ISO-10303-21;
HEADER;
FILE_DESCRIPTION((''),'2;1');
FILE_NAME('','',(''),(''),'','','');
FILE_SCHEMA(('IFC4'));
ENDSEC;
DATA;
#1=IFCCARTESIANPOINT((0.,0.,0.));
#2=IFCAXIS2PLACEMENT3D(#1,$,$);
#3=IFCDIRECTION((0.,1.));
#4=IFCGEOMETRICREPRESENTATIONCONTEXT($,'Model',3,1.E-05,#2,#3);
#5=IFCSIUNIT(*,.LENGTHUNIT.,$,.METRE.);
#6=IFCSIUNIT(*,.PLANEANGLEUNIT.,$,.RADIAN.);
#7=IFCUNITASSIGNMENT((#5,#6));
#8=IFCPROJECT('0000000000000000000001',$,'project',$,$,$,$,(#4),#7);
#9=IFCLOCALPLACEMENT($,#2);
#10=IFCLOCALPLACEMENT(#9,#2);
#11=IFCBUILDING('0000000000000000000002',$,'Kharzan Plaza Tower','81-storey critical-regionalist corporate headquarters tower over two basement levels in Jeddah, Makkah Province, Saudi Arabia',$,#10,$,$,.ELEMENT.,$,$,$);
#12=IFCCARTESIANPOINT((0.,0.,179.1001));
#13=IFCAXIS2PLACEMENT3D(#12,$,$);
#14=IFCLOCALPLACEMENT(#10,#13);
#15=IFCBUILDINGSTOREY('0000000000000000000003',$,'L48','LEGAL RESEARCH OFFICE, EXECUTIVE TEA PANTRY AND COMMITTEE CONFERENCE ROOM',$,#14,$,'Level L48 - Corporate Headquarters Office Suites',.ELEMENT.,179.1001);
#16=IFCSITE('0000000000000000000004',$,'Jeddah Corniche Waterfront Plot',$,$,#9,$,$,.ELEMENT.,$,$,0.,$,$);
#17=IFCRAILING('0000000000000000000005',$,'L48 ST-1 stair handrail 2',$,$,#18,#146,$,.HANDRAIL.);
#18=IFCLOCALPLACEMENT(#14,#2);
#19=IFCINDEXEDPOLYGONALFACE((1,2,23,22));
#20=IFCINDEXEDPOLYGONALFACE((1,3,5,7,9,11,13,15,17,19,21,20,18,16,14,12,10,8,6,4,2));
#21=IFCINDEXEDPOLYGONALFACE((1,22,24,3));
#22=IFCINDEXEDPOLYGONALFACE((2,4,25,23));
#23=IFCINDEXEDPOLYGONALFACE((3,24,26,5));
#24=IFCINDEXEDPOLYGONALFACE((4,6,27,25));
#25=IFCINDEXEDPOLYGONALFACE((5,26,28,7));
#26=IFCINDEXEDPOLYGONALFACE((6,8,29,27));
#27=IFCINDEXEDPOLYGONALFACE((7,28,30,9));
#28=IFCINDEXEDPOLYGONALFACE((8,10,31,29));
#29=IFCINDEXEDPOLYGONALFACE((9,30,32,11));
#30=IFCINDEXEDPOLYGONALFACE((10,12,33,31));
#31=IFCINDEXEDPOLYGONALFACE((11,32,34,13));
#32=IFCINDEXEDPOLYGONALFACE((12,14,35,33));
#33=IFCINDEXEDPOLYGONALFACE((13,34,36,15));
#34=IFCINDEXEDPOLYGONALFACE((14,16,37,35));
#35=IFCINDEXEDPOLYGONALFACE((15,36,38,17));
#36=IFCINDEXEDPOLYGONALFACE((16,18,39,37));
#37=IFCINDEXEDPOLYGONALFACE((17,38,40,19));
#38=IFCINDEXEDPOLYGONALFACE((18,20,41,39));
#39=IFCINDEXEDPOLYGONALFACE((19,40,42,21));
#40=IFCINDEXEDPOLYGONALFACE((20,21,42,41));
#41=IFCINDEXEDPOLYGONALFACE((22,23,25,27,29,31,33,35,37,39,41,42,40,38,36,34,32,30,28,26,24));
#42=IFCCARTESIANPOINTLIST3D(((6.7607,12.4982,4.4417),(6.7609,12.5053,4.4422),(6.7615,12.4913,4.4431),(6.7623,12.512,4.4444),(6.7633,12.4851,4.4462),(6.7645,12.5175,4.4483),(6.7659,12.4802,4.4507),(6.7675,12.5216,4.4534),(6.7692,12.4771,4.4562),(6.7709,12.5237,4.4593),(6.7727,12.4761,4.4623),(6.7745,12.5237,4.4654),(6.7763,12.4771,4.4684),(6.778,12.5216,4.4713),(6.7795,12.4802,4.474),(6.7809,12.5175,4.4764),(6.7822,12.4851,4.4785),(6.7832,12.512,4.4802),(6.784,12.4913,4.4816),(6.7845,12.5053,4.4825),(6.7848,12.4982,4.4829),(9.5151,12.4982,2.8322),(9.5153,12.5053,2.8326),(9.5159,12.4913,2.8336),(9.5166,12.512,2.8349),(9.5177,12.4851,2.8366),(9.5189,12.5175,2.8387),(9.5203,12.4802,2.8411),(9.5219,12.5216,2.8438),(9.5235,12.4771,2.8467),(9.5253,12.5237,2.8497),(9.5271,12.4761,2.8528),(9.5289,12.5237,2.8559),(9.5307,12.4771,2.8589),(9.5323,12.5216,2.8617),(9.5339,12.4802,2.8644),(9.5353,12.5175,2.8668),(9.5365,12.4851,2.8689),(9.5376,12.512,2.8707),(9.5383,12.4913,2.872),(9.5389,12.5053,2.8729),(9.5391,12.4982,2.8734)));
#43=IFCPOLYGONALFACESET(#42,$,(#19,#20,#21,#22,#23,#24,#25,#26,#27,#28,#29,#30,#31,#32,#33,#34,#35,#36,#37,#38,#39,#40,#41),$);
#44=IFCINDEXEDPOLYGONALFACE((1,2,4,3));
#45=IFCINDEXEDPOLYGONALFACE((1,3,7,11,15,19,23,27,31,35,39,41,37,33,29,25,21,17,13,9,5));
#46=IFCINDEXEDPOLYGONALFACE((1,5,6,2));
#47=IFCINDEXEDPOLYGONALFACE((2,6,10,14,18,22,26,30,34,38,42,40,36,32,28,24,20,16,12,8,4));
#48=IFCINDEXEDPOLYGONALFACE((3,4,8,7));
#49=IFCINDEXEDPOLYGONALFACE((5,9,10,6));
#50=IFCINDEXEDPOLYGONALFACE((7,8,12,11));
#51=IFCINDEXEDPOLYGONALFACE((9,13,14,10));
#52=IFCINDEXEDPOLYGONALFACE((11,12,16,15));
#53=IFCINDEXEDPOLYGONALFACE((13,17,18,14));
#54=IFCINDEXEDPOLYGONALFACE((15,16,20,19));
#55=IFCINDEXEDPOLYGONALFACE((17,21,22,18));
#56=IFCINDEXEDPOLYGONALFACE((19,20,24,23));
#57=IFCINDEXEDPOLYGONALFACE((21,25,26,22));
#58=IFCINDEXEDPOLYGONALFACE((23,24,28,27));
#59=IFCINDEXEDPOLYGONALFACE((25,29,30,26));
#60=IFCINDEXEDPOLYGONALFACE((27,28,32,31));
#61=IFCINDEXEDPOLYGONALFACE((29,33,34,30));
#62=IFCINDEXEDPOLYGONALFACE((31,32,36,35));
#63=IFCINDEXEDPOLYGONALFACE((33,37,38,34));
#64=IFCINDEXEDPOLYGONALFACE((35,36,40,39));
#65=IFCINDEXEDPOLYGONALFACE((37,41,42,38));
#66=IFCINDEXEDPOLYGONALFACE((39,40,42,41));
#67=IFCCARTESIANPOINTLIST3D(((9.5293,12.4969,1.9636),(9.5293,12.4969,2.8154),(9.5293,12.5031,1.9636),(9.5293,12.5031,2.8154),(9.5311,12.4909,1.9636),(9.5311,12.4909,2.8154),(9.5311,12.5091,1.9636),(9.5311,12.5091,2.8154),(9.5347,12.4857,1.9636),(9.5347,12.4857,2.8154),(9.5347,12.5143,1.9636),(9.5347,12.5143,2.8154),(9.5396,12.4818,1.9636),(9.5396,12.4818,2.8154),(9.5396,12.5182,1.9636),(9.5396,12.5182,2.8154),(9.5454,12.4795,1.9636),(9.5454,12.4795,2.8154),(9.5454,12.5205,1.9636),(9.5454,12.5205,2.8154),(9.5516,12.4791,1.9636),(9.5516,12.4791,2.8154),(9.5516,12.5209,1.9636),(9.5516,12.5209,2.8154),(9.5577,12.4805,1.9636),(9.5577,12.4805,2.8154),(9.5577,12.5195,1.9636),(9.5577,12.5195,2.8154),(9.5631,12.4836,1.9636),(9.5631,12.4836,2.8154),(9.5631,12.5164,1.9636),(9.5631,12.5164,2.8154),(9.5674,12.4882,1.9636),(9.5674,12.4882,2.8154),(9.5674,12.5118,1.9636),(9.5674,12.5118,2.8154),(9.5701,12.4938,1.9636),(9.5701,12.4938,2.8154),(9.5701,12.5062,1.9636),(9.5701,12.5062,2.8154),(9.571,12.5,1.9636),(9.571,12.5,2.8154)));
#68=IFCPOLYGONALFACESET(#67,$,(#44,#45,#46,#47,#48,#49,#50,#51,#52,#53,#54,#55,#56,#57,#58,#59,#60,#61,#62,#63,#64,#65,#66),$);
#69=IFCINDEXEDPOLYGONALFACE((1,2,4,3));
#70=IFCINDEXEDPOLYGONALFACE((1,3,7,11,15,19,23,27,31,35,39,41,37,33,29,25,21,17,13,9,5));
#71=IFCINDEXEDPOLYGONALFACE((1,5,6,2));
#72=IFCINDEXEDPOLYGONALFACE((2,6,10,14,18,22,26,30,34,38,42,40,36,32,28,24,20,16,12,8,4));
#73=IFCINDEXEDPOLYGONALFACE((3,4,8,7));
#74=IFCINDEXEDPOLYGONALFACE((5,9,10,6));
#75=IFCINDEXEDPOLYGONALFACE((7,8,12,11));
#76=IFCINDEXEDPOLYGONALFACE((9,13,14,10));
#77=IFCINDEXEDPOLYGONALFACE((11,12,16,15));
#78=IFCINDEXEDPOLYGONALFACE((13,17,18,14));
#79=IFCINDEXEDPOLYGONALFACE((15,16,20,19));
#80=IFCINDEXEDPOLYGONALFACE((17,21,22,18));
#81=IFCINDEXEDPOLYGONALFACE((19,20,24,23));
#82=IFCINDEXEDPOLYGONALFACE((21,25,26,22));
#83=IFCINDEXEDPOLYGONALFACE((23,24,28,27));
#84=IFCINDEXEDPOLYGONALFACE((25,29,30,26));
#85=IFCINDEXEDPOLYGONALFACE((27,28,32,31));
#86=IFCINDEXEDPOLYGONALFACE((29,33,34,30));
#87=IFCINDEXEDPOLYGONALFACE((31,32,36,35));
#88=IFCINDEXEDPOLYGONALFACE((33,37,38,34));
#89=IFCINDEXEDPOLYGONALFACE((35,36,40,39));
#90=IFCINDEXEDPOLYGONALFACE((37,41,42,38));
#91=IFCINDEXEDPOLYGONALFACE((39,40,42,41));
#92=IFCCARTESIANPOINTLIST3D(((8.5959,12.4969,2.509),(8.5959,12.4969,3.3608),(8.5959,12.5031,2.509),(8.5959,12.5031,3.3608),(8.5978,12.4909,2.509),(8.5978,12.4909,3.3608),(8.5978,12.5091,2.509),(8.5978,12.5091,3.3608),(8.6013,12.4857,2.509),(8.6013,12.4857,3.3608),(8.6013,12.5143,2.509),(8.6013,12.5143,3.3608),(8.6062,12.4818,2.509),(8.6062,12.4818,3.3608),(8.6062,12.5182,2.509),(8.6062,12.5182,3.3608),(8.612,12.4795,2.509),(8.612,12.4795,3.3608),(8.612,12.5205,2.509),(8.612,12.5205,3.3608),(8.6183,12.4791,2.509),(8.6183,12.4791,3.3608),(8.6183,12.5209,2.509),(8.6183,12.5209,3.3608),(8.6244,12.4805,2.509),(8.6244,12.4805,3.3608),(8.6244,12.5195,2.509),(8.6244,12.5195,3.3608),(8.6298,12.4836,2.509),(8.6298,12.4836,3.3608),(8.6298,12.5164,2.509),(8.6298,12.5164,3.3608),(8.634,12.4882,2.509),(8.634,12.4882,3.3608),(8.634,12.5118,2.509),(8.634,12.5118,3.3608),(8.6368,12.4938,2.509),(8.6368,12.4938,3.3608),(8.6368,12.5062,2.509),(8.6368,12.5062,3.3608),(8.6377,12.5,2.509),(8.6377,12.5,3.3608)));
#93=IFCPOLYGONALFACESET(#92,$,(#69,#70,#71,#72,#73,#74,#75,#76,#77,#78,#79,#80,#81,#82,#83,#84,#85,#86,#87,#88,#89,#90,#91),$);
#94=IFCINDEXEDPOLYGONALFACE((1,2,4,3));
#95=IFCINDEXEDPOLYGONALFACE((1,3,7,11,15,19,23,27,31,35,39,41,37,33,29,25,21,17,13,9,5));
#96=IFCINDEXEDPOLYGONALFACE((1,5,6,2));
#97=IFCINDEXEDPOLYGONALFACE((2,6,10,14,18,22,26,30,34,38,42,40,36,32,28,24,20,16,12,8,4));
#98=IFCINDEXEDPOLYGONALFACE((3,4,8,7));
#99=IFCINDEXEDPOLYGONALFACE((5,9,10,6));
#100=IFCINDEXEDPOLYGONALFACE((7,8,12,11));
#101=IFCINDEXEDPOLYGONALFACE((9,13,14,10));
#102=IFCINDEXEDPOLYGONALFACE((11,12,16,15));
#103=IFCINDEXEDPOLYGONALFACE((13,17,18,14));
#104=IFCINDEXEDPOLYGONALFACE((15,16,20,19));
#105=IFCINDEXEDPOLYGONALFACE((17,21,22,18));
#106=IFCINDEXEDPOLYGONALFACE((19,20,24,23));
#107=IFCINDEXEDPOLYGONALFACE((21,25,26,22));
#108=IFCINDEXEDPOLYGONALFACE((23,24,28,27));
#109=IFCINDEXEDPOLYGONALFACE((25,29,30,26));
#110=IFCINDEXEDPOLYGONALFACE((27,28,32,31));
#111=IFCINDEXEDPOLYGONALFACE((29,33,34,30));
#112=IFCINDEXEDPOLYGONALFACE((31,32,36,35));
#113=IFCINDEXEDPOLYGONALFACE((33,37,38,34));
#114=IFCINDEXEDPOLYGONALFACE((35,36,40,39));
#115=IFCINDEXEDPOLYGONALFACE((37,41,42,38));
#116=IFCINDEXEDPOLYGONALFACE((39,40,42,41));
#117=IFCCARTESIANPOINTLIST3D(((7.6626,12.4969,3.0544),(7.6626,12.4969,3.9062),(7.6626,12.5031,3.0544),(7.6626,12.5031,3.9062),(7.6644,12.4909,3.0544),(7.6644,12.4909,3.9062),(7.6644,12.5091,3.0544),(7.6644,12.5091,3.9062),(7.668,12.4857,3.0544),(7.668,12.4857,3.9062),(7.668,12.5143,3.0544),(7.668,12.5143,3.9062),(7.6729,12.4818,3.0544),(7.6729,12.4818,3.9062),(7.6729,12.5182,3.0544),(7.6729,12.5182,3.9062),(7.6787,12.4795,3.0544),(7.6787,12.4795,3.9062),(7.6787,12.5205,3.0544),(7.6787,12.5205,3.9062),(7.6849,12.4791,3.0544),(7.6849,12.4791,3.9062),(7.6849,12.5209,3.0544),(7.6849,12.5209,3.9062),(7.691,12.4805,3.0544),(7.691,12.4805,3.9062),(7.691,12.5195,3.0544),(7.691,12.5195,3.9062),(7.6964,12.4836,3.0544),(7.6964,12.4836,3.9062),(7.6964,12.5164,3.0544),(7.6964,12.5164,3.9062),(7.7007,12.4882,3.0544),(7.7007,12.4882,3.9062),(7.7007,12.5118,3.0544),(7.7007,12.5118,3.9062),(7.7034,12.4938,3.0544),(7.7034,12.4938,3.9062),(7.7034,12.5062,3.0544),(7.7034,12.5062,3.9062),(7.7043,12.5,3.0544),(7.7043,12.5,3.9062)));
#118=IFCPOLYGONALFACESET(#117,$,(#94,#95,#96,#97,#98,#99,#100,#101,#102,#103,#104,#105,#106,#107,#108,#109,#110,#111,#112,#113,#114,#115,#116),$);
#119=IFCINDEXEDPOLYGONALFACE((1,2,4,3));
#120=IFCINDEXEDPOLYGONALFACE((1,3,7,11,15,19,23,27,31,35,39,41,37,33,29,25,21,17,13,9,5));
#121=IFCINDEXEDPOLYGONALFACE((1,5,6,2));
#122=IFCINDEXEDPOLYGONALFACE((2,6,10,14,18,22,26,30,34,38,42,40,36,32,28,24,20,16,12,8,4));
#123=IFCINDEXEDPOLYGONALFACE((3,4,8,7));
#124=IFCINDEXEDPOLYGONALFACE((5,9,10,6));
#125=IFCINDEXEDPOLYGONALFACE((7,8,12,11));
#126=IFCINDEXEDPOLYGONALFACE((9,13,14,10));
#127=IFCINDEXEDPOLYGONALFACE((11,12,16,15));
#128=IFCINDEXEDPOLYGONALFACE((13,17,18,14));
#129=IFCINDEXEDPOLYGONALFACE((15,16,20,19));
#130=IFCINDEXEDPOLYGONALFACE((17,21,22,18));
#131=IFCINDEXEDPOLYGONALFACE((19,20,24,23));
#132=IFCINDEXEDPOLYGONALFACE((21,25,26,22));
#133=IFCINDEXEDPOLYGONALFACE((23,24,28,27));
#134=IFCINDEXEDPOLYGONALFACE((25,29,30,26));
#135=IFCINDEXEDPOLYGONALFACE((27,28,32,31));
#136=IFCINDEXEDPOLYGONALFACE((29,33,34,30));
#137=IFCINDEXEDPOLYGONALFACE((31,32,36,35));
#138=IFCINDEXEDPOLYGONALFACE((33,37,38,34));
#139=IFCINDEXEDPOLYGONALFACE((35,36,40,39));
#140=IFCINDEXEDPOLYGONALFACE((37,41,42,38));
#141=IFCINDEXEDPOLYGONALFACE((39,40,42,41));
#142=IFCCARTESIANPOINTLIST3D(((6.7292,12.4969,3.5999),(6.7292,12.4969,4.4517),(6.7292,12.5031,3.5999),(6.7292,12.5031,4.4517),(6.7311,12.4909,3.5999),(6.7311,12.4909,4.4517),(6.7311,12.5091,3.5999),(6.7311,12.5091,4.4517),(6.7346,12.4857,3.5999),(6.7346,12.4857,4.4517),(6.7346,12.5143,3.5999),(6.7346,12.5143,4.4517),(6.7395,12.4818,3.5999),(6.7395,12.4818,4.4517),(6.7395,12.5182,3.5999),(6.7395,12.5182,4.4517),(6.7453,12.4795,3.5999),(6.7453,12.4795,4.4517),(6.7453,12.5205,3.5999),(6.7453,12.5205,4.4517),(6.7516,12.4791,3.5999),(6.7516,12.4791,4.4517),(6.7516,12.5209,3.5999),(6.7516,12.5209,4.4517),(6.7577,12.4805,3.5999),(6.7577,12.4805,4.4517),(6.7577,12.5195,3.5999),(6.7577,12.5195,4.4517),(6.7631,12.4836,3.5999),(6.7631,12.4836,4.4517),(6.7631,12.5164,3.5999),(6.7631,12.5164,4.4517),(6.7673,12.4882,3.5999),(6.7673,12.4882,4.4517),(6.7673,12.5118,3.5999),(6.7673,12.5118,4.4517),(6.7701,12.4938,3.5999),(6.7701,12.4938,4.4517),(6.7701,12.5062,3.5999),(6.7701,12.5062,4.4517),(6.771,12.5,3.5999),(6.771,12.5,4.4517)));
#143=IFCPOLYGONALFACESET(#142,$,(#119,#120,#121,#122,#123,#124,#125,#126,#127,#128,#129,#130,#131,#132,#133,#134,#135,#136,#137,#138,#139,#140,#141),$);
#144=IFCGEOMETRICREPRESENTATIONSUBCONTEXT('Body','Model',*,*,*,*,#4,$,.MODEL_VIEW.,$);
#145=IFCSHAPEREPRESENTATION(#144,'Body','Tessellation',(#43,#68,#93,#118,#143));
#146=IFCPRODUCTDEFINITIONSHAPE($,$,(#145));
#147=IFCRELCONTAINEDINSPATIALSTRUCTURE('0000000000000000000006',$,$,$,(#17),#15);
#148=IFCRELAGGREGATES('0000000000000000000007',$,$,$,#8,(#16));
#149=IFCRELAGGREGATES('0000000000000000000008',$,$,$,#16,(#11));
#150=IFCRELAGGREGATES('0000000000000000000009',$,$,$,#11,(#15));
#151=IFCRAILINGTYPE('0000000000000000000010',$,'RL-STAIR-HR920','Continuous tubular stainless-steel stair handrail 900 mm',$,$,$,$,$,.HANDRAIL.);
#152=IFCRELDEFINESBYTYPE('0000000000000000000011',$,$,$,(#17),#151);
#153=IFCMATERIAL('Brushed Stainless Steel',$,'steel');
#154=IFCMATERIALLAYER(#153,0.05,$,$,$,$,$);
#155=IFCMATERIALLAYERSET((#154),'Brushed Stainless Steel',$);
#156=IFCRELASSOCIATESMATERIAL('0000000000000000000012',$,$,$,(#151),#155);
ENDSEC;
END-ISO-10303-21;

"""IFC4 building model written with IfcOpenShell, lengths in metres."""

from ifc_helpers import new_model, si_unit, direction, frame, origin, origin_2d, place, context, subcontext, project, spatial, circle, extrude, source, transform, mapped, material, layer, layer_set, type_object, element, save


model = new_model("IFC4")

# Units and contexts
model_context = context("Model", 3, precision=1e-05, world=origin(), true_north=direction((0.0, 1.0)))
body_context = subcontext(model_context, "Body", "Model", "MODEL_VIEW")
ifc_project = project(units=[si_unit("LENGTHUNIT", "METRE"), si_unit("PLANEANGLEUNIT", "RADIAN")], contexts=[model_context])

# Site, building, storey
site_placement = place(None, origin())
site = spatial("IfcSite", under=ifc_project, at=site_placement, Name="Jeddah Corniche Waterfront Plot", CompositionType="ELEMENT", RefElevation=0.0)
building_placement = place(site_placement, origin())
building = spatial("IfcBuilding", under=site, at=building_placement, Name="Kharzan Plaza Tower", Description="81-storey critical-regionalist corporate headquarters tower over two basement levels in Jeddah, Makkah Province, Saudi Arabia", CompositionType="ELEMENT")
storey_placement = place(building_placement, frame((0.0, 0.0, 179.1001)))
storey = spatial("IfcBuildingStorey", under=building, at=storey_placement, Name="L48", Description="LEGAL RESEARCH OFFICE, EXECUTIVE TEA PANTRY AND COMMITTEE CONFERENCE ROOM", LongName="Level L48 - Corporate Headquarters Office Suites", CompositionType="ELEMENT", Elevation=179.1001)

# Shared definitions
ifc_material_1 = material(Name="Brushed Stainless Steel", Category="steel")

# Railing
ifc_layer_1 = layer(ifc_material_1, 0.05)
ifc_layer_set_1 = layer_set([ifc_layer_1], Name="Brushed Stainless Steel")
railing_type_1 = type_object("IfcRailingType", Name="RL-STAIR-HR920", Description="Continuous tubular stainless-steel stair handrail 900 mm", PredefinedType="HANDRAIL", material=ifc_layer_set_1)
shared_shape_1 = source(origin(), body_context, "Body", "SweptSolid", [
    extrude(circle(Radius=0.0239, at=origin_2d()), frame((-0.0229, 0.0, 0.8892), z_axis=(-0.863394, 0.0, 0.504531), x_axis=(0.0, -1.0, 0.0)), (0.0, 0.0, 1.0), 3.1902),
    extrude(circle(Radius=0.021, at=origin_2d()), origin(), (0.0, 0.0, 1.0), 0.8518),
    extrude(circle(Radius=0.021, at=origin_2d()), frame((-0.9333, 0.0, 0.5454)), (0.0, 0.0, 1.0), 0.8518),
    extrude(circle(Radius=0.021, at=origin_2d()), frame((-1.8667, 0.0, 1.0908)), (0.0, 0.0, 1.0), 0.8518),
    extrude(circle(Radius=0.021, at=origin_2d()), frame((-2.8, 0.0, 1.6362)), (0.0, 0.0, 1.0), 0.8518),
])
railing_1_placement = place(storey_placement, frame((9.55, 12.5, 1.9636)))
element("IfcRailing", 1, at=railing_1_placement, inside=storey, type_object=railing_type_1, Name="L48 ST-1 stair handrail 2", PredefinedType="HANDRAIL", context=body_context, shape_type="MappedRepresentation", body=[
    mapped(shared_shape_1, transform((0.0, 0.0, 0.0), x_axis=(1.0, 0.0, 0.0), y_axis=(0.0, 1.0, 0.0), z_axis=(0.0, 0.0, 1.0))),
])

save(model, "model.ifc")
